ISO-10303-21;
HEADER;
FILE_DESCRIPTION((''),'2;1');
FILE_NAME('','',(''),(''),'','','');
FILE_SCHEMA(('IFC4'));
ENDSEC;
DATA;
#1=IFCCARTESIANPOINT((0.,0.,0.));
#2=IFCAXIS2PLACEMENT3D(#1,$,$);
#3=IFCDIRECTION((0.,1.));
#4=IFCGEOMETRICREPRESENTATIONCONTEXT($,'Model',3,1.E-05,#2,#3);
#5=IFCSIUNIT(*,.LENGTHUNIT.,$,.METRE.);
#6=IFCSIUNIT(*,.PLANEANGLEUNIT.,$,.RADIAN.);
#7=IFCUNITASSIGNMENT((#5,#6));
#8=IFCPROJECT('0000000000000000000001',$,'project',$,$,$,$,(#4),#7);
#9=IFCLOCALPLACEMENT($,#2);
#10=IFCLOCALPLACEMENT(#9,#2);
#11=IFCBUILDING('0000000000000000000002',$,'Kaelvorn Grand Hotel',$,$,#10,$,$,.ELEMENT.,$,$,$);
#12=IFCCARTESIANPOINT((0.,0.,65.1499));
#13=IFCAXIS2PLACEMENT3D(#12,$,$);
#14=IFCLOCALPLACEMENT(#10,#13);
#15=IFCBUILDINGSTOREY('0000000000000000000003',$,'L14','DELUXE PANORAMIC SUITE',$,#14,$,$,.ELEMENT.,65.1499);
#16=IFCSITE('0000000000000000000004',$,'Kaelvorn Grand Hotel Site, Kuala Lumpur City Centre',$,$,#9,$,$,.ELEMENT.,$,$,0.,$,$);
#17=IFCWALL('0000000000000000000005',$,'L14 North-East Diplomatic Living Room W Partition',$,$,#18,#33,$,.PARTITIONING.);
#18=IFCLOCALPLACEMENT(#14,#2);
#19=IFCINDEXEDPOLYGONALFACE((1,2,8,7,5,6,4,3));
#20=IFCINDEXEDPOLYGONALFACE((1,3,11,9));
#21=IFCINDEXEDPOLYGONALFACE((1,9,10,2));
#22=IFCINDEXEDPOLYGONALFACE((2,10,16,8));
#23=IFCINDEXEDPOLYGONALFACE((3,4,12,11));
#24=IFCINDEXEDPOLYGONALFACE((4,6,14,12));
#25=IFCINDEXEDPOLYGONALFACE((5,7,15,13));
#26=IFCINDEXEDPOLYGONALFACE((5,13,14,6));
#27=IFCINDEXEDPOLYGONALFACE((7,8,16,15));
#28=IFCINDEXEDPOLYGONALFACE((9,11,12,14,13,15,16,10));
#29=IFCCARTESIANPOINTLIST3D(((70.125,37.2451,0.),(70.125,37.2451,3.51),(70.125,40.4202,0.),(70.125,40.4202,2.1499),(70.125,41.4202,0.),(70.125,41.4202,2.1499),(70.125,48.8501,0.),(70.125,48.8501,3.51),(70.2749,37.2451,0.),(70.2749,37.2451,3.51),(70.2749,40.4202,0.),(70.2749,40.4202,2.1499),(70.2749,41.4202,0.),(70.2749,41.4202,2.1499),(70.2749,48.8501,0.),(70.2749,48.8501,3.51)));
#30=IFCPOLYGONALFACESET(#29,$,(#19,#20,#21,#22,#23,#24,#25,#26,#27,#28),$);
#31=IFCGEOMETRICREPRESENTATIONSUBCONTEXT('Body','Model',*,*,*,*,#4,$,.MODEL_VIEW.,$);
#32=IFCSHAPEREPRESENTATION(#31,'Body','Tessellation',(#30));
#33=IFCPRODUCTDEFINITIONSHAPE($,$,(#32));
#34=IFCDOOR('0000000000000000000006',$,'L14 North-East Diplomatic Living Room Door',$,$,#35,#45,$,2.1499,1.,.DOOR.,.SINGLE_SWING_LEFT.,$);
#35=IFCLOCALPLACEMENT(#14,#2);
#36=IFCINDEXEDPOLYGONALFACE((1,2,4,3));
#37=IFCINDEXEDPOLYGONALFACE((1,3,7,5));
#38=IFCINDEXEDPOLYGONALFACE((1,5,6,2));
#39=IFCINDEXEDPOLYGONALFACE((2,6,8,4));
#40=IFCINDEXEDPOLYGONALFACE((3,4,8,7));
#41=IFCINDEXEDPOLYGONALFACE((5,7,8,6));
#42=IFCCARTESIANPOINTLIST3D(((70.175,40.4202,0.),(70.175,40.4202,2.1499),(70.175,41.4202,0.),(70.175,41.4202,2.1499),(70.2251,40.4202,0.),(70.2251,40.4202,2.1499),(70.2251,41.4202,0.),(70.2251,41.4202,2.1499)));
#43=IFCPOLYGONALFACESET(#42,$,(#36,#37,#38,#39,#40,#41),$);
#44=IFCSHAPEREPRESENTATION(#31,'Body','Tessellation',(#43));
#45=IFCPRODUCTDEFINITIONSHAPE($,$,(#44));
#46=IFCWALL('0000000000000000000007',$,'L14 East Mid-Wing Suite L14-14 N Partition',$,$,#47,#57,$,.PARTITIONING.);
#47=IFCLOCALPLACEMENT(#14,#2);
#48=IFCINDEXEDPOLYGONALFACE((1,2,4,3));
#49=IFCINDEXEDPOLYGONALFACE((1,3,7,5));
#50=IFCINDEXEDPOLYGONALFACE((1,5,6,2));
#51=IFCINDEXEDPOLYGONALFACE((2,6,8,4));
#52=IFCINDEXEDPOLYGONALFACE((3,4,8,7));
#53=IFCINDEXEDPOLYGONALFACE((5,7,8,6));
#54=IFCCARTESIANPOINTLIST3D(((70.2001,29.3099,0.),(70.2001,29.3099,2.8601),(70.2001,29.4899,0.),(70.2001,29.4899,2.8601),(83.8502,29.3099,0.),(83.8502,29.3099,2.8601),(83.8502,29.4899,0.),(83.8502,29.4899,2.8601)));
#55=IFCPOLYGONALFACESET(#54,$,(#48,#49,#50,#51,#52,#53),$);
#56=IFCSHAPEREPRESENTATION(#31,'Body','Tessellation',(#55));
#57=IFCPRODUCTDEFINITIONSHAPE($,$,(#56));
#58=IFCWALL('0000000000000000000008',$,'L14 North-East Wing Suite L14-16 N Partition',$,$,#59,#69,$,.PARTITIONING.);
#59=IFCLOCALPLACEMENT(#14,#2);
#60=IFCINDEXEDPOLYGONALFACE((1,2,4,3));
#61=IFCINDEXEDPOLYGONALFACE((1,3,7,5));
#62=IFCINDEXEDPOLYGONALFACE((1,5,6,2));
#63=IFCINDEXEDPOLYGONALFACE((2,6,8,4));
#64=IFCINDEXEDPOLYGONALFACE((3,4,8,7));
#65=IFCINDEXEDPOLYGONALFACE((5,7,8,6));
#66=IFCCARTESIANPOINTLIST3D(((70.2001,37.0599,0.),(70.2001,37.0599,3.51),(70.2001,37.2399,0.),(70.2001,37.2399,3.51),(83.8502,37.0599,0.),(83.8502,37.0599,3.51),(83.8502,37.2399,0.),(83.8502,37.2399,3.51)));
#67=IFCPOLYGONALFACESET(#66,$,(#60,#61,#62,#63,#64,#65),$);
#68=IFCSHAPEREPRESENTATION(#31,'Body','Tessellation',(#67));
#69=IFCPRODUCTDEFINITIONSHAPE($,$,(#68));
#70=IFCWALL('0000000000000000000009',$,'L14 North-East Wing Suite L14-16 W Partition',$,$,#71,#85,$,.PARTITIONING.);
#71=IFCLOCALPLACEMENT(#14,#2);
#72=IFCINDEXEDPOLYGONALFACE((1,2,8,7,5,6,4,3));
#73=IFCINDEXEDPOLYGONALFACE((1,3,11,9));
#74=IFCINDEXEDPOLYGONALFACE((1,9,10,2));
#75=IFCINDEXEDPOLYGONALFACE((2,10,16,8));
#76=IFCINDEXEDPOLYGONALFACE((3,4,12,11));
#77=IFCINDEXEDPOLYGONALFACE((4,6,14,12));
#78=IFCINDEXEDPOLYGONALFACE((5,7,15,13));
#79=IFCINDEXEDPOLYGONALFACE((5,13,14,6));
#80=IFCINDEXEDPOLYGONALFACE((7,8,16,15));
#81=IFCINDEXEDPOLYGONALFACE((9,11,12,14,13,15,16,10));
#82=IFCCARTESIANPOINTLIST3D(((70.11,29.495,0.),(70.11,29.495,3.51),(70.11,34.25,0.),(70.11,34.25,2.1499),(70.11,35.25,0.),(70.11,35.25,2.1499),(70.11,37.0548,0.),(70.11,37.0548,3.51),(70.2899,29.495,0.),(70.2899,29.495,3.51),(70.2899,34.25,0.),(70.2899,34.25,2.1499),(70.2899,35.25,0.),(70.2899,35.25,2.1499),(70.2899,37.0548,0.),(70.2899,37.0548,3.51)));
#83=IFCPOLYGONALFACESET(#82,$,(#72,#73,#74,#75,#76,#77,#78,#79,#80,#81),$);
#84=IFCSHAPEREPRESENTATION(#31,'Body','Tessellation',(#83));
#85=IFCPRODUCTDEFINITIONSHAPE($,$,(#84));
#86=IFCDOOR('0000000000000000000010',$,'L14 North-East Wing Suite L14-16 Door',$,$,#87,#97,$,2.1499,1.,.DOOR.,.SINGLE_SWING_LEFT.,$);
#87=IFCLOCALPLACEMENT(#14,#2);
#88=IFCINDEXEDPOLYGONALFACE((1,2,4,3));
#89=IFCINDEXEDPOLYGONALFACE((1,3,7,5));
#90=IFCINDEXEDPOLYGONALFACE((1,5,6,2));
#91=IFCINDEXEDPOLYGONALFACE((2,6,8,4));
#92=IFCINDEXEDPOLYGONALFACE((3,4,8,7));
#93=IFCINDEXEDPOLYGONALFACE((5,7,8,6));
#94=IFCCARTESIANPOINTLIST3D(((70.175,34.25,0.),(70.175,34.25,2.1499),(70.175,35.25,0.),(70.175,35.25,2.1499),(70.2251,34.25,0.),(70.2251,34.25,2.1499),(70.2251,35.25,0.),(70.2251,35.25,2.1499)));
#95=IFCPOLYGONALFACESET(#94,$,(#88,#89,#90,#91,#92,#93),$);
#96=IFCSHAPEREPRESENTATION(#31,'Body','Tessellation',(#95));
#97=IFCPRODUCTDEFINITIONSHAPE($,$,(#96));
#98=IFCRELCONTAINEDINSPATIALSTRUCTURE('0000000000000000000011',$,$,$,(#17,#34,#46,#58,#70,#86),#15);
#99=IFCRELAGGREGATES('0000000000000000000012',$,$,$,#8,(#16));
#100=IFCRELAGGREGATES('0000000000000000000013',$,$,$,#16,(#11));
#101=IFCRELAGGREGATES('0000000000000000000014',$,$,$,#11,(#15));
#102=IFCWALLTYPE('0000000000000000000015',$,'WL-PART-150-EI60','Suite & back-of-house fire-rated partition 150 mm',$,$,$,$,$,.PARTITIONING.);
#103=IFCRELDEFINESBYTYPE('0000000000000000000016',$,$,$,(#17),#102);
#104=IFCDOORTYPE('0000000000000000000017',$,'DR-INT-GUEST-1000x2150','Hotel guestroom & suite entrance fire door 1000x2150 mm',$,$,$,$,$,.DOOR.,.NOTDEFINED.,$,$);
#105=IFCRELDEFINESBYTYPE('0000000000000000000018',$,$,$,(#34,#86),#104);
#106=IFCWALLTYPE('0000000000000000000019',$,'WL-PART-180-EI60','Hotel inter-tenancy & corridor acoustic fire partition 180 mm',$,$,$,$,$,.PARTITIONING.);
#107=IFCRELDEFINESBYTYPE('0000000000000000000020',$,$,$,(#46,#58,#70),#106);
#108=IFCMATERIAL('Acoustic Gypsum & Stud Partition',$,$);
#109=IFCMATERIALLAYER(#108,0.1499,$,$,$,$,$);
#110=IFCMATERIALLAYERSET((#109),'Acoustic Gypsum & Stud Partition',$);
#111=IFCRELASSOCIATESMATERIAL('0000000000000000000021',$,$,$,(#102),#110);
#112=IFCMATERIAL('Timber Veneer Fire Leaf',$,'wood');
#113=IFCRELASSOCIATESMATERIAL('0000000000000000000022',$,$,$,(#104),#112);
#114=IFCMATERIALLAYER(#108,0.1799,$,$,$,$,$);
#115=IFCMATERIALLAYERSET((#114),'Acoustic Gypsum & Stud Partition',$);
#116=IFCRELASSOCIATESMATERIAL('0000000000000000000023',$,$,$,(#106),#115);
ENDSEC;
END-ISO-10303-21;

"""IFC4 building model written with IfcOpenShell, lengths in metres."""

from ifc_helpers import new_model, si_unit, direction, frame, frame_2d, origin, place, context, subcontext, project, spatial, rectangle, extrude, material, layer, layer_set, type_object, element, fill, save


model = new_model("IFC4")

# Units and contexts
model_context = context("Model", 3, precision=1e-05, world=origin(), true_north=direction((0.0, 1.0)))
body_context = subcontext(model_context, "Body", "Model", "MODEL_VIEW")
ifc_project = project(units=[si_unit("LENGTHUNIT", "METRE"), si_unit("PLANEANGLEUNIT", "RADIAN")], contexts=[model_context])

# Site, building, storey
site_placement = place(None, origin())
site = spatial("IfcSite", under=ifc_project, at=site_placement, Name="Kaelvorn Grand Hotel Site, Kuala Lumpur City Centre", CompositionType="ELEMENT", RefElevation=0.0)
building_placement = place(site_placement, origin())
building = spatial("IfcBuilding", under=site, at=building_placement, Name="Kaelvorn Grand Hotel", CompositionType="ELEMENT")
storey_placement = place(building_placement, frame((0.0, 0.0, 65.1499)))
storey = spatial("IfcBuildingStorey", under=building, at=storey_placement, Name="L14", Description="DELUXE PANORAMIC SUITE", CompositionType="ELEMENT", Elevation=65.1499)

# Wall, opening, door
ifc_material_1 = material(Name="Acoustic Gypsum & Stud Partition")
ifc_layer_1 = layer(ifc_material_1, 0.1499)
ifc_layer_set_1 = layer_set([ifc_layer_1], Name="Acoustic Gypsum & Stud Partition")
wall_type_1 = type_object("IfcWallType", Name="WL-PART-150-EI60", Description="Suite & back-of-house fire-rated partition 150 mm", PredefinedType="PARTITIONING", material=ifc_layer_set_1)
wall_1_placement = place(storey_placement, frame((70.2, 37.2451, 0.0), z_axis=(0.0, 0.0, 1.0), x_axis=(0.0, 1.0, 0.0)))
wall_1 = element("IfcWall", 1, at=wall_1_placement, inside=storey, type_object=wall_type_1, Name="L14 North-East Diplomatic Living Room W Partition", PredefinedType="PARTITIONING", context=body_context, shape_type="SweptSolid", body=[
    extrude(rectangle(XDim=11.605, YDim=0.1499, at=frame_2d((5.8025, 0.0))), origin(), (0.0, 0.0, 1.0), 3.51),
])
opening_1_placement = place(wall_1_placement, frame((3.175, 0.0, 0.0)))
opening_1 = element("IfcOpeningElement", 2, at=opening_1_placement, cuts=wall_1, PredefinedType="OPENING", context=body_context, shape_type="SweptSolid", body=[
    extrude(rectangle(XDim=1.0, YDim=2.1499, at=frame_2d((0.5, 1.075))), frame((0.0, 0.085, 0.0), z_axis=(0.0, -1.0, 0.0), x_axis=(1.0, 0.0, 0.0)), (0.0, 0.0, 1.0), 0.1699),
])
ifc_material_2 = material(Name="Timber Veneer Fire Leaf", Category="wood")
door_type_1 = type_object("IfcDoorType", Name="DR-INT-GUEST-1000x2150", Description="Hotel guestroom & suite entrance fire door 1000x2150 mm", OperationType="NOTDEFINED", PredefinedType="DOOR", material=ifc_material_2)
door_1_placement = place(opening_1_placement, origin())
door_1 = element("IfcDoor", 3, at=door_1_placement, inside=storey, type_object=door_type_1, Name="L14 North-East Diplomatic Living Room Door", OperationType="SINGLE_SWING_LEFT", OverallHeight=2.1499, OverallWidth=1.0, PredefinedType="DOOR", context=body_context, shape_type="SweptSolid", body=[
    extrude(rectangle(XDim=1.0, YDim=2.1499, at=frame_2d((0.5, 1.075))), frame((0.0, 0.0249, 0.0), z_axis=(0.0, -1.0, 0.0), x_axis=(1.0, 0.0, 0.0)), (0.0, 0.0, 1.0), 0.05),
])
fill(opening_1, door_1)

# Walls
ifc_layer_2 = layer(ifc_material_1, 0.1799)
ifc_layer_set_2 = layer_set([ifc_layer_2], Name="Acoustic Gypsum & Stud Partition")
wall_type_2 = type_object("IfcWallType", Name="WL-PART-180-EI60", Description="Hotel inter-tenancy & corridor acoustic fire partition 180 mm", PredefinedType="PARTITIONING", material=ifc_layer_set_2)
wall_2_placement = place(storey_placement, frame((70.2, 29.3999, 0.0), z_axis=(0.0, 0.0, 1.0), x_axis=(1.0, 0.0, 0.0)))
element("IfcWall", 4, at=wall_2_placement, inside=storey, type_object=wall_type_2, Name="L14 East Mid-Wing Suite L14-14 N Partition", PredefinedType="PARTITIONING", context=body_context, shape_type="SweptSolid", body=[
    extrude(rectangle(XDim=13.6501, YDim=0.1799, at=frame_2d((6.8252, 0.0))), origin(), (0.0, 0.0, 1.0), 2.8601),
])
wall_3_placement = place(storey_placement, frame((70.2, 37.1499, 0.0), z_axis=(0.0, 0.0, 1.0), x_axis=(1.0, 0.0, 0.0)))
element("IfcWall", 5, at=wall_3_placement, inside=storey, type_object=wall_type_2, Name="L14 North-East Wing Suite L14-16 N Partition", PredefinedType="PARTITIONING", context=body_context, shape_type="SweptSolid", body=[
    extrude(rectangle(XDim=13.6501, YDim=0.1799, at=frame_2d((6.8252, 0.0))), origin(), (0.0, 0.0, 1.0), 3.51),
])

# Wall, opening, door
wall_4_placement = place(storey_placement, frame((70.2, 29.4951, 0.0), z_axis=(0.0, 0.0, 1.0), x_axis=(0.0, 1.0, 0.0)))
wall_4 = element("IfcWall", 6, at=wall_4_placement, inside=storey, type_object=wall_type_2, Name="L14 North-East Wing Suite L14-16 W Partition", PredefinedType="PARTITIONING", context=body_context, shape_type="SweptSolid", body=[
    extrude(rectangle(XDim=7.5598, YDim=0.1799, at=frame_2d((3.7798, 0.0))), origin(), (0.0, 0.0, 1.0), 3.51),
])
opening_2_placement = place(wall_4_placement, frame((4.7549, 0.0, 0.0)))
opening_2 = element("IfcOpeningElement", 7, at=opening_2_placement, cuts=wall_4, PredefinedType="OPENING", context=body_context, shape_type="SweptSolid", body=[
    extrude(rectangle(XDim=1.0, YDim=2.1499, at=frame_2d((0.5, 1.075))), frame((0.0, 0.1001, 0.0), z_axis=(0.0, -1.0, 0.0), x_axis=(1.0, 0.0, 0.0)), (0.0, 0.0, 1.0), 0.2),
])
door_2_placement = place(opening_2_placement, origin())
door_2 = element("IfcDoor", 8, at=door_2_placement, inside=storey, type_object=door_type_1, Name="L14 North-East Wing Suite L14-16 Door", OperationType="SINGLE_SWING_LEFT", OverallHeight=2.1499, OverallWidth=1.0, PredefinedType="DOOR", context=body_context, shape_type="SweptSolid", body=[
    extrude(rectangle(XDim=1.0, YDim=2.1499, at=frame_2d((0.5, 1.075))), frame((0.0, 0.0249, 0.0), z_axis=(0.0, -1.0, 0.0), x_axis=(1.0, 0.0, 0.0)), (0.0, 0.0, 1.0), 0.05),
])
fill(opening_2, door_2)

save(model, "model.ifc")
